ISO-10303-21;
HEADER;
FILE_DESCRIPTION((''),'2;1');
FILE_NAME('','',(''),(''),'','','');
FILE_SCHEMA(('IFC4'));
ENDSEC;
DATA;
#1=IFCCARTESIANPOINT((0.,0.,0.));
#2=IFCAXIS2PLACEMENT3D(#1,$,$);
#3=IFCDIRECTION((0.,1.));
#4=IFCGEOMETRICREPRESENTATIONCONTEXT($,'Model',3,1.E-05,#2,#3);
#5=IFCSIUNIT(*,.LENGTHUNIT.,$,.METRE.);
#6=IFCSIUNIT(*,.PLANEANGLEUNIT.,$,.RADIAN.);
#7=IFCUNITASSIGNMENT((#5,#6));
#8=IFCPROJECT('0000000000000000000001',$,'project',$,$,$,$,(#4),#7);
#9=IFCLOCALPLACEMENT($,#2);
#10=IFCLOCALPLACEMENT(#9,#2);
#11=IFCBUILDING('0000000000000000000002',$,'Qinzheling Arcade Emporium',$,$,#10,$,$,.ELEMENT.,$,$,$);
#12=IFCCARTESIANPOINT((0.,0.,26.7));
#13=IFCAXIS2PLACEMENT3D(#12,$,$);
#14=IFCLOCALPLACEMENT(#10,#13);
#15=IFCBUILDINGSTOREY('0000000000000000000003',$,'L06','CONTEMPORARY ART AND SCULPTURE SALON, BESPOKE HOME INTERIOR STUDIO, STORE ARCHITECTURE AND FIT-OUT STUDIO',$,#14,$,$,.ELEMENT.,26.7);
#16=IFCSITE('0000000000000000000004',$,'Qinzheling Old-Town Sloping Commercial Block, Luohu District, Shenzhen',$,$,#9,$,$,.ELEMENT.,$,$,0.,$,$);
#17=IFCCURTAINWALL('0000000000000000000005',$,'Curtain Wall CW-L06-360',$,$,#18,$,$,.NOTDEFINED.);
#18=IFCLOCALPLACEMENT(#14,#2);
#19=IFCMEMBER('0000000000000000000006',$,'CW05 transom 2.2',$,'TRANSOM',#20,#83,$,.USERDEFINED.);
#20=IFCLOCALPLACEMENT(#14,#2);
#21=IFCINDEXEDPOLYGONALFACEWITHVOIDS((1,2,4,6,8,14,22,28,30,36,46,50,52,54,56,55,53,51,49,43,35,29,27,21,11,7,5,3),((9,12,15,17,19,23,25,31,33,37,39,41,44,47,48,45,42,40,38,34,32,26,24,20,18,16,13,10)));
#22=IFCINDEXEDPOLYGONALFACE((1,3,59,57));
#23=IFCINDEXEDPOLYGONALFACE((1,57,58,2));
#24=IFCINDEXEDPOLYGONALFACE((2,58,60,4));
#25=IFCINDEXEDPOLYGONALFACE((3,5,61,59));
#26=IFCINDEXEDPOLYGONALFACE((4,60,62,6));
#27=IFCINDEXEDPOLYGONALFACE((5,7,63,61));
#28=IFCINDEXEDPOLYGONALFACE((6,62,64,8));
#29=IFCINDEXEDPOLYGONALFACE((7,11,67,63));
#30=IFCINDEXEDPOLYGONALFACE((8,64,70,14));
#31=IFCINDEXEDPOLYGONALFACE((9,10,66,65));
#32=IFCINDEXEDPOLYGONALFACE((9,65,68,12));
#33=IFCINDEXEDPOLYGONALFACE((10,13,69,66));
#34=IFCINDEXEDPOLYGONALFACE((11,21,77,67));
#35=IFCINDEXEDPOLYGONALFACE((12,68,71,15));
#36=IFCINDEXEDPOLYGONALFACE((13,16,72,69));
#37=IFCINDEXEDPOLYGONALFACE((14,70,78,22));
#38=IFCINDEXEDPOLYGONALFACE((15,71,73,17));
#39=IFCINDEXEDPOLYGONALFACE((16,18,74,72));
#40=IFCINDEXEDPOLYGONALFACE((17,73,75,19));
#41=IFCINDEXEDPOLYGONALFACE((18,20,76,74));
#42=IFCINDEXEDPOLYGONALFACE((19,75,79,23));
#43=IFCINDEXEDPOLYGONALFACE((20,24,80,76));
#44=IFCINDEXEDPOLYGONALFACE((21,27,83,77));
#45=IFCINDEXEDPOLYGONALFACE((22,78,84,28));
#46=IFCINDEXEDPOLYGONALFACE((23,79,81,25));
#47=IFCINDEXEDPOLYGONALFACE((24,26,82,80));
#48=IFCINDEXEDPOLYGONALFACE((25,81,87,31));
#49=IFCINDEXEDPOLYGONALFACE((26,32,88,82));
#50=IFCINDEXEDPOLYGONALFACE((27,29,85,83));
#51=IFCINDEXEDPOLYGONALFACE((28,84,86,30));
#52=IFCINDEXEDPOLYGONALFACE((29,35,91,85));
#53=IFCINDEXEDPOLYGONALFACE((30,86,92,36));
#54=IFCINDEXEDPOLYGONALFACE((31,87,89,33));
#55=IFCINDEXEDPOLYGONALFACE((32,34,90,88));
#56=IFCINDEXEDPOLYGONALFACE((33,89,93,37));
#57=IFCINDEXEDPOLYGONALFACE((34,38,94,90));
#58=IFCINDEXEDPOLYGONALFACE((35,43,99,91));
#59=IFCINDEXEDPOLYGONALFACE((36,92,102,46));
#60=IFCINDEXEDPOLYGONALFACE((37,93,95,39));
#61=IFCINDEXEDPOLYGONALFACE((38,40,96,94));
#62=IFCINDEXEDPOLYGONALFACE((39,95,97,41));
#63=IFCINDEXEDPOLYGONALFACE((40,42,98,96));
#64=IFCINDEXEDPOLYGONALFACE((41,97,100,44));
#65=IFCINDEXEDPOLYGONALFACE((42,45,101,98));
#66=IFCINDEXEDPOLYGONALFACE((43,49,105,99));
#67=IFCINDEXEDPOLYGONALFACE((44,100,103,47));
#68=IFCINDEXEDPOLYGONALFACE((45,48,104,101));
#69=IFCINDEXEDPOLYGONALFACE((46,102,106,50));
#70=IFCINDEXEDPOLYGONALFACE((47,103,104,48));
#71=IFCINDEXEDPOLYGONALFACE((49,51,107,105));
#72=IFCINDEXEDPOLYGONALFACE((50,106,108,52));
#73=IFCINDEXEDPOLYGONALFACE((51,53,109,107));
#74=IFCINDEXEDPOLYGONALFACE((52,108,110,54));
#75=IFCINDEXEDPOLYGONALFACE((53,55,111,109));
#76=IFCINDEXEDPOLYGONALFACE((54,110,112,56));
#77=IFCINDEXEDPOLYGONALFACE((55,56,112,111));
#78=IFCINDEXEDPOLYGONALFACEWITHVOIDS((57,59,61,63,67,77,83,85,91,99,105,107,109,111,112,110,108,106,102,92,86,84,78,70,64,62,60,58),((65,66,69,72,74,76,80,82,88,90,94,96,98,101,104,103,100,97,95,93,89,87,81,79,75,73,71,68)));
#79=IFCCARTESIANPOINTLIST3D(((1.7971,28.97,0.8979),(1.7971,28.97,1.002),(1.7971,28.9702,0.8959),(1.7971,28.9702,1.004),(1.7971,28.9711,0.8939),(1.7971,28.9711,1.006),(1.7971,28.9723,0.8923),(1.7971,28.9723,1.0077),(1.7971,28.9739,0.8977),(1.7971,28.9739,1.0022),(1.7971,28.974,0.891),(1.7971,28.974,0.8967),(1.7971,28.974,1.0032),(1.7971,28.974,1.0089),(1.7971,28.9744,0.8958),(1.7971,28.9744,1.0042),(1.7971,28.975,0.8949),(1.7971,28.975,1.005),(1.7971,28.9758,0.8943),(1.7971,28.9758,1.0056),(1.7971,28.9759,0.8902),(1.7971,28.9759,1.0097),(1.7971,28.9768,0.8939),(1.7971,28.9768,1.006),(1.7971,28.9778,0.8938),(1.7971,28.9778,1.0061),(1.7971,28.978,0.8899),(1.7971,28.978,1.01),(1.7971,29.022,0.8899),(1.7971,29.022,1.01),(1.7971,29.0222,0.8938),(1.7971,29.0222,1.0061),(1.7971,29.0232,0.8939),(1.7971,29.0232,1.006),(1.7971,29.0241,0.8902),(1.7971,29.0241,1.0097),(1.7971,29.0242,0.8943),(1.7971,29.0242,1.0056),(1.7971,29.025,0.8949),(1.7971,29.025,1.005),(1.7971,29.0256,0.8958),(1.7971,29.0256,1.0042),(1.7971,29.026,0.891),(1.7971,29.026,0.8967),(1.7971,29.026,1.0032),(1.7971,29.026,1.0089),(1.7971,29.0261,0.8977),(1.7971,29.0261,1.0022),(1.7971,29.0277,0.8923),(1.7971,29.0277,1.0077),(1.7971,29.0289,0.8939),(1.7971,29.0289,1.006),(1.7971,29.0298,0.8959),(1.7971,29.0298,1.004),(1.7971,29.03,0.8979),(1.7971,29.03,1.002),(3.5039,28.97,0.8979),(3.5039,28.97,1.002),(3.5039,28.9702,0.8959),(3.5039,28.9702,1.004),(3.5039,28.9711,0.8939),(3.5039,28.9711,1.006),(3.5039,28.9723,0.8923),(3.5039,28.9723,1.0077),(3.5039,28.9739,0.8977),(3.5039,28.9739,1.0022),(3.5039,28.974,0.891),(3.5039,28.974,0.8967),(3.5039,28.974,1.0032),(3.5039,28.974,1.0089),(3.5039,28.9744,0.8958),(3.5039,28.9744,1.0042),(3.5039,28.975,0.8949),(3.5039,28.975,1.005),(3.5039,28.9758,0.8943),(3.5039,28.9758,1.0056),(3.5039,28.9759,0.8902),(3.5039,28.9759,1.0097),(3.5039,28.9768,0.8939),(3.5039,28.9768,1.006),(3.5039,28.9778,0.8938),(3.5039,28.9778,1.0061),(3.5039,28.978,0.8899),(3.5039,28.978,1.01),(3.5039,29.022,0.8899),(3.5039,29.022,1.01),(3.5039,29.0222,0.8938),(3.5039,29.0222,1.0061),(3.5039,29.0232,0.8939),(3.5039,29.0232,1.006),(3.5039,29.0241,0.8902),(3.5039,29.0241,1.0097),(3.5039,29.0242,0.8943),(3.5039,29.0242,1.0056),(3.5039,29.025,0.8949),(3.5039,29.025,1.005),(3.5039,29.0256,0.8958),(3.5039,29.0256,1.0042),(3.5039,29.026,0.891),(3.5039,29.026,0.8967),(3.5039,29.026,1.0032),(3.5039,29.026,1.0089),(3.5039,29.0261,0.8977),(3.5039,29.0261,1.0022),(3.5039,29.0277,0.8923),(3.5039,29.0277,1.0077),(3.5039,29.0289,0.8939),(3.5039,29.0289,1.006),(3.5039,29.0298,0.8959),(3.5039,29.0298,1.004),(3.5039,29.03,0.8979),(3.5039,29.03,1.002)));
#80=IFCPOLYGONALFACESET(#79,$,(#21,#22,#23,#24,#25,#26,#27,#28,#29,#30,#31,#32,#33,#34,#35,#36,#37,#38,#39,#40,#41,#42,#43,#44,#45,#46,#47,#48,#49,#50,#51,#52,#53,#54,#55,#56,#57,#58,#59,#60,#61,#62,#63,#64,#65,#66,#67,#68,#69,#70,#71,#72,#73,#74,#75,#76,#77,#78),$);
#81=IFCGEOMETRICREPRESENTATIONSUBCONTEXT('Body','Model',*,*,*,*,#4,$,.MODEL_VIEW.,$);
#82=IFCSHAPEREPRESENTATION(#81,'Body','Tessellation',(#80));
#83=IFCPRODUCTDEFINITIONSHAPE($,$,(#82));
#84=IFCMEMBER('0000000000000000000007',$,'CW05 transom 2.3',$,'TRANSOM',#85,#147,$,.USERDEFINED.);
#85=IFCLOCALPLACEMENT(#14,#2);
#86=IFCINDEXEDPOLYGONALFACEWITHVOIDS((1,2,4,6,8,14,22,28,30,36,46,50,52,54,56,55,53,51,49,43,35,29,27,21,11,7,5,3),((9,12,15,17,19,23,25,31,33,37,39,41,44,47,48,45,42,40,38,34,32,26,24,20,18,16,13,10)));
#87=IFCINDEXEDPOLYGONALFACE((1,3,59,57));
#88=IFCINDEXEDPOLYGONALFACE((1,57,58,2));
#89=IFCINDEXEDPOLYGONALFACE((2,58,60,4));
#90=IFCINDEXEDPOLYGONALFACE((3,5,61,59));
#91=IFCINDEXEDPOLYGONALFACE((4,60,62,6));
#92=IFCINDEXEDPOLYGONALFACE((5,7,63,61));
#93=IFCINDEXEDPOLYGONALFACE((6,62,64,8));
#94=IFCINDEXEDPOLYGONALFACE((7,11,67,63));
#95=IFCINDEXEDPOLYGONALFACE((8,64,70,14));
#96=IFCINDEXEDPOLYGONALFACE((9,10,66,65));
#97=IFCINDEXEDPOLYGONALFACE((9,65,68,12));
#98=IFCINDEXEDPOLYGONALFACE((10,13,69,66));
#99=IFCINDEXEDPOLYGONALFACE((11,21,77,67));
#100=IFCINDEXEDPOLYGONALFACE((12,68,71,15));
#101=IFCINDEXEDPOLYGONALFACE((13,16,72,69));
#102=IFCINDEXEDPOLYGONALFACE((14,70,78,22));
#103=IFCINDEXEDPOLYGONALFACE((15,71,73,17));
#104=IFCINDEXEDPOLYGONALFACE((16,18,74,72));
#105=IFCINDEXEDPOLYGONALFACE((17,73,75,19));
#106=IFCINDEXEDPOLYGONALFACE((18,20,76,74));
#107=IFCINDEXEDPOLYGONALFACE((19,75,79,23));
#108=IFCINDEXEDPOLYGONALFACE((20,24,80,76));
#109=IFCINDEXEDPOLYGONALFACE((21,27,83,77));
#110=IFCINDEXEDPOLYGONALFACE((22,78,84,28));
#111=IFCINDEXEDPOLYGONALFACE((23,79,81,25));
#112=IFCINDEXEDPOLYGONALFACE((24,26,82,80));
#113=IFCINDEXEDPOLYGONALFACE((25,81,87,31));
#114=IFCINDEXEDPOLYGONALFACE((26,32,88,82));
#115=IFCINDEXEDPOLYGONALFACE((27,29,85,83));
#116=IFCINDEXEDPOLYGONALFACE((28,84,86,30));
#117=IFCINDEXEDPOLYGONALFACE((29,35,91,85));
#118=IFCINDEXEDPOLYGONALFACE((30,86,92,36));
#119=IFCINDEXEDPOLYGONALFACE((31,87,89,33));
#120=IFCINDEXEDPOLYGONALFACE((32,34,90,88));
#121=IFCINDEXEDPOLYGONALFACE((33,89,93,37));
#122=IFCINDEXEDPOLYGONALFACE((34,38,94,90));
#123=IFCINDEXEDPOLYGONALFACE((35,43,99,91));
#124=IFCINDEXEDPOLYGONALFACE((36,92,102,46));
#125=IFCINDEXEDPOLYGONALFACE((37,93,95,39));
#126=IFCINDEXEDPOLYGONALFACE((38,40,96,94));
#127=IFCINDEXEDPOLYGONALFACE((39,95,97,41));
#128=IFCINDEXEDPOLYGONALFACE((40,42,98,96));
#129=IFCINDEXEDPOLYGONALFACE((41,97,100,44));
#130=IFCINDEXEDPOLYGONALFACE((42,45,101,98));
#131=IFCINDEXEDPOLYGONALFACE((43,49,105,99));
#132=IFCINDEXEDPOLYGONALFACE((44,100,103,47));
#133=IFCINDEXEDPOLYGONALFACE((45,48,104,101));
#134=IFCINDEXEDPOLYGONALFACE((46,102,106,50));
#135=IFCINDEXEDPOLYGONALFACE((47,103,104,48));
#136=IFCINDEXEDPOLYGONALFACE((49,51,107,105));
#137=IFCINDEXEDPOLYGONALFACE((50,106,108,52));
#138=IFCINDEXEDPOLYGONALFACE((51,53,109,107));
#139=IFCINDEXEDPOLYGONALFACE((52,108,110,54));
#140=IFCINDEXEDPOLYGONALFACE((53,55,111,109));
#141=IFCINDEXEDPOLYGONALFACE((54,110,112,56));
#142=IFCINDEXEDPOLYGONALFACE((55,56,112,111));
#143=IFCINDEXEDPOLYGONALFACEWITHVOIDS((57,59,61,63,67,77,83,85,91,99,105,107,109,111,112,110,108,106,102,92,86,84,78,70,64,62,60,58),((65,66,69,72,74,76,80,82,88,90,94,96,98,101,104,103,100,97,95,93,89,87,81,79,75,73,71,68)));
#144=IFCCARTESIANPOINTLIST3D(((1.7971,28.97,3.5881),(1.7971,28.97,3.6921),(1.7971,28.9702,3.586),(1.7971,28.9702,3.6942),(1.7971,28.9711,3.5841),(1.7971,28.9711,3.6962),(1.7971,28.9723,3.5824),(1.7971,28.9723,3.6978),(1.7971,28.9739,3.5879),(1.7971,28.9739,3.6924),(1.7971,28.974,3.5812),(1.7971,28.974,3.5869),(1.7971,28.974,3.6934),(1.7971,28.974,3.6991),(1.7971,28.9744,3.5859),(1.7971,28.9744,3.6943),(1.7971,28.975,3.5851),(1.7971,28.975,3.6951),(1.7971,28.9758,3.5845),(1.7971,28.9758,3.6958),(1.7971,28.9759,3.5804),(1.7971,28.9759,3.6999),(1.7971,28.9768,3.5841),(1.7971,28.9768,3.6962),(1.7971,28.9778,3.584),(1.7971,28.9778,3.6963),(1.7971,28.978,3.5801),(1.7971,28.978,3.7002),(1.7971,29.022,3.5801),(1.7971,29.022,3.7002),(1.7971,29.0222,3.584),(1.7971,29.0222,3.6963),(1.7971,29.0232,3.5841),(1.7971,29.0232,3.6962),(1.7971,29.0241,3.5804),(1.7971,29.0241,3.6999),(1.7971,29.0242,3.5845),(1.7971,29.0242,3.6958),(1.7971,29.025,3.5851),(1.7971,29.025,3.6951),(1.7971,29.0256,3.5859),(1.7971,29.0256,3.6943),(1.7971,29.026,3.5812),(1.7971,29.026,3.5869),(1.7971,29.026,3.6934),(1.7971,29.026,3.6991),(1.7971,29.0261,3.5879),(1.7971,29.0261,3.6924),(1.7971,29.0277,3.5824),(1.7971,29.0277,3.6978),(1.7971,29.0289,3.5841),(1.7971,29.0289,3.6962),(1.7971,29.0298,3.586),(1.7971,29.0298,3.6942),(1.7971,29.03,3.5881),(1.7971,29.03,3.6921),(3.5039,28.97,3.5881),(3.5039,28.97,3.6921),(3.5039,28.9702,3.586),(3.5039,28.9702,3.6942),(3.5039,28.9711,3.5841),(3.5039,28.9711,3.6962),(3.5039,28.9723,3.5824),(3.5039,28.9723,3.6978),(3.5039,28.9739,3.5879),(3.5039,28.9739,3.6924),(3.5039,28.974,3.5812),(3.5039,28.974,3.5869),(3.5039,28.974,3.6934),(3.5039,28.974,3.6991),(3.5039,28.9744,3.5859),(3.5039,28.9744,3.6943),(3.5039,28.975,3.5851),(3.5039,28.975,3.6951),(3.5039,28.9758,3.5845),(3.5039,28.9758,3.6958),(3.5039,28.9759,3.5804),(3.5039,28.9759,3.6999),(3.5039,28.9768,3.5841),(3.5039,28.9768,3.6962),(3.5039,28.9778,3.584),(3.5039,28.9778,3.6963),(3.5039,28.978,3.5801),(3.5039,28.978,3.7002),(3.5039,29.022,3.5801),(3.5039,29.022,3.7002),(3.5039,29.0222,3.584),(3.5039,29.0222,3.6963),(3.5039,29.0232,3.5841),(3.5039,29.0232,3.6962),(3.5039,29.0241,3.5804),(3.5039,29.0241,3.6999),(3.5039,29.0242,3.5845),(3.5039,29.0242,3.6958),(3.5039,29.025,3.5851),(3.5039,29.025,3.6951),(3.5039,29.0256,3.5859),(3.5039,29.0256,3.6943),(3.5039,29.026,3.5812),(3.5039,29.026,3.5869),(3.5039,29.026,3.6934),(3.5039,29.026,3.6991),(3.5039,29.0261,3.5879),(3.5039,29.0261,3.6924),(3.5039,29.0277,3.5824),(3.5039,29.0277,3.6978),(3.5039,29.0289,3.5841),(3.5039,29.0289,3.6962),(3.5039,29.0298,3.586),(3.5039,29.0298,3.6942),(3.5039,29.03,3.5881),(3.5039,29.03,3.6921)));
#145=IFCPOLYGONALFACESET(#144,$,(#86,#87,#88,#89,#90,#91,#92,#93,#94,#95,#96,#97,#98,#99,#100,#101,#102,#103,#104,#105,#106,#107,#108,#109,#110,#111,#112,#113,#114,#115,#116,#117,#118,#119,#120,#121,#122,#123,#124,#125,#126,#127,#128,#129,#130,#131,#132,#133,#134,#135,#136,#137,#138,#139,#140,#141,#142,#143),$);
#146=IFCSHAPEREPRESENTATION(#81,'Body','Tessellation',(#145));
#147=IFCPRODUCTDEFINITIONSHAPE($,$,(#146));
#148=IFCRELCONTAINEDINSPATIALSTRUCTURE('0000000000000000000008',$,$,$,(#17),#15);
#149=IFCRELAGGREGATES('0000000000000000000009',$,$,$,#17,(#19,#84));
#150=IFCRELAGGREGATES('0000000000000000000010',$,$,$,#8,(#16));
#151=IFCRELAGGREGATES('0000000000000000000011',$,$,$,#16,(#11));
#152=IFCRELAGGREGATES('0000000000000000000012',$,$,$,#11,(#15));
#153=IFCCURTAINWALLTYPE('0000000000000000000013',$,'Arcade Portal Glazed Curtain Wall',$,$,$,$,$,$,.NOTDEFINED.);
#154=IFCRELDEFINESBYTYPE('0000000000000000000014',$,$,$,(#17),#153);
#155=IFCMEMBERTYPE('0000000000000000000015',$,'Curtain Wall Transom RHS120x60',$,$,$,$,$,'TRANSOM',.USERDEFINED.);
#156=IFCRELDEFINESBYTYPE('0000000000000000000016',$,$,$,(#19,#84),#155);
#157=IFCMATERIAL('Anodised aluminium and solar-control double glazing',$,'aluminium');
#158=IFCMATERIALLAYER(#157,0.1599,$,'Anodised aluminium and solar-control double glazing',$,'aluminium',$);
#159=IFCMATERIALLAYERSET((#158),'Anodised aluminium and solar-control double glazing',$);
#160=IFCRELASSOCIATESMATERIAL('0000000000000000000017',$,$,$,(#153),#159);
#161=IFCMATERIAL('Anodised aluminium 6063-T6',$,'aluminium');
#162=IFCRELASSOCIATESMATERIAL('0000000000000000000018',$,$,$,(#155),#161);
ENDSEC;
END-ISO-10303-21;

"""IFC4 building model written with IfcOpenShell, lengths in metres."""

from ifc_helpers import new_model, si_unit, direction, frame, origin, origin_2d, place, context, subcontext, project, spatial, hollow_rectangle, extrude, material, layer, layer_set, material_profile, profile_set, type_object, element, aggregate, save


model = new_model("IFC4")

# Units and contexts
model_context = context("Model", 3, precision=1e-05, world=origin(), true_north=direction((0.0, 1.0)))
body_context = subcontext(model_context, "Body", "Model", "MODEL_VIEW")
ifc_project = project(units=[si_unit("LENGTHUNIT", "METRE"), si_unit("PLANEANGLEUNIT", "RADIAN")], contexts=[model_context])

# Site, building, storey
site_placement = place(None, origin())
site = spatial("IfcSite", under=ifc_project, at=site_placement, Name="Qinzheling Old-Town Sloping Commercial Block, Luohu District, Shenzhen", CompositionType="ELEMENT", RefElevation=0.0)
building_placement = place(site_placement, origin())
building = spatial("IfcBuilding", under=site, at=building_placement, Name="Qinzheling Arcade Emporium", CompositionType="ELEMENT")
storey_placement = place(building_placement, frame((0.0, 0.0, 26.7)))
storey = spatial("IfcBuildingStorey", under=building, at=storey_placement, Name="L06", Description="CONTEMPORARY ART AND SCULPTURE SALON, BESPOKE HOME INTERIOR STUDIO, STORE ARCHITECTURE AND FIT-OUT STUDIO", CompositionType="ELEMENT", Elevation=26.7)

# Curtain wall, members
ifc_material_1 = material(Name="Anodised aluminium and solar-control double glazing", Category="aluminium")
ifc_layer_1 = layer(ifc_material_1, 0.1599, Name="Anodised aluminium and solar-control double glazing", Category="aluminium")
ifc_layer_set_1 = layer_set([ifc_layer_1], Name="Anodised aluminium and solar-control double glazing")
curtain_wall_type = type_object("IfcCurtainWallType", Name="Arcade Portal Glazed Curtain Wall", PredefinedType="NOTDEFINED", material=ifc_layer_set_1)
curtain_wall_placement = place(storey_placement, origin())
curtain_wall = element("IfcCurtainWall", 1, at=curtain_wall_placement, inside=storey, type_object=curtain_wall_type, Name="Curtain Wall CW-L06-360", PredefinedType="NOTDEFINED")
ifc_material_2 = material(Name="Anodised aluminium 6063-T6", Category="aluminium")
ifc_material_profile_1 = material_profile(ifc_material_2, hollow_rectangle(XDim=0.0601, YDim=0.1201, WallThickness=0.0039, InnerFilletRadius=0.0039, OuterFilletRadius=0.0081, at=origin_2d()), Name="RHS 120x60x4", Category="aluminium")
ifc_profile_set_1 = profile_set([ifc_material_profile_1], Name="Anodised aluminium 6063-T6")
member_type_1 = type_object("IfcMemberType", Name="Curtain Wall Transom RHS120x60", ElementType="TRANSOM", PredefinedType="USERDEFINED", material=ifc_profile_set_1)
member_1_placement = place(storey_placement, frame((3.5039, 29.0, 0.95), z_axis=(-1.0, 0.0, 0.0), x_axis=(0.0, -1.0, 0.0)))
member_1 = element("IfcMember", 2, at=member_1_placement, type_object=member_type_1, Name="CW05 transom 2.2", ObjectType="TRANSOM", PredefinedType="USERDEFINED", context=body_context, shape_type="SweptSolid", body=[
    extrude(hollow_rectangle(XDim=0.0601, YDim=0.1201, WallThickness=0.0039, InnerFilletRadius=0.0039, OuterFilletRadius=0.0081, at=origin_2d()), origin(), (0.0, 0.0, 1.0), 1.7068),
])
member_2_placement = place(storey_placement, frame((3.5039, 29.0, 3.6401), z_axis=(-1.0, 0.0, 0.0), x_axis=(0.0, -1.0, 0.0)))
member_2 = element("IfcMember", 3, at=member_2_placement, type_object=member_type_1, Name="CW05 transom 2.3", ObjectType="TRANSOM", PredefinedType="USERDEFINED", context=body_context, shape_type="SweptSolid", body=[
    extrude(hollow_rectangle(XDim=0.0601, YDim=0.1201, WallThickness=0.0039, InnerFilletRadius=0.0039, OuterFilletRadius=0.0081, at=origin_2d()), origin(), (0.0, 0.0, 1.0), 1.7068),
])
aggregate(curtain_wall, [member_1, member_2])

save(model, "model.ifc")
